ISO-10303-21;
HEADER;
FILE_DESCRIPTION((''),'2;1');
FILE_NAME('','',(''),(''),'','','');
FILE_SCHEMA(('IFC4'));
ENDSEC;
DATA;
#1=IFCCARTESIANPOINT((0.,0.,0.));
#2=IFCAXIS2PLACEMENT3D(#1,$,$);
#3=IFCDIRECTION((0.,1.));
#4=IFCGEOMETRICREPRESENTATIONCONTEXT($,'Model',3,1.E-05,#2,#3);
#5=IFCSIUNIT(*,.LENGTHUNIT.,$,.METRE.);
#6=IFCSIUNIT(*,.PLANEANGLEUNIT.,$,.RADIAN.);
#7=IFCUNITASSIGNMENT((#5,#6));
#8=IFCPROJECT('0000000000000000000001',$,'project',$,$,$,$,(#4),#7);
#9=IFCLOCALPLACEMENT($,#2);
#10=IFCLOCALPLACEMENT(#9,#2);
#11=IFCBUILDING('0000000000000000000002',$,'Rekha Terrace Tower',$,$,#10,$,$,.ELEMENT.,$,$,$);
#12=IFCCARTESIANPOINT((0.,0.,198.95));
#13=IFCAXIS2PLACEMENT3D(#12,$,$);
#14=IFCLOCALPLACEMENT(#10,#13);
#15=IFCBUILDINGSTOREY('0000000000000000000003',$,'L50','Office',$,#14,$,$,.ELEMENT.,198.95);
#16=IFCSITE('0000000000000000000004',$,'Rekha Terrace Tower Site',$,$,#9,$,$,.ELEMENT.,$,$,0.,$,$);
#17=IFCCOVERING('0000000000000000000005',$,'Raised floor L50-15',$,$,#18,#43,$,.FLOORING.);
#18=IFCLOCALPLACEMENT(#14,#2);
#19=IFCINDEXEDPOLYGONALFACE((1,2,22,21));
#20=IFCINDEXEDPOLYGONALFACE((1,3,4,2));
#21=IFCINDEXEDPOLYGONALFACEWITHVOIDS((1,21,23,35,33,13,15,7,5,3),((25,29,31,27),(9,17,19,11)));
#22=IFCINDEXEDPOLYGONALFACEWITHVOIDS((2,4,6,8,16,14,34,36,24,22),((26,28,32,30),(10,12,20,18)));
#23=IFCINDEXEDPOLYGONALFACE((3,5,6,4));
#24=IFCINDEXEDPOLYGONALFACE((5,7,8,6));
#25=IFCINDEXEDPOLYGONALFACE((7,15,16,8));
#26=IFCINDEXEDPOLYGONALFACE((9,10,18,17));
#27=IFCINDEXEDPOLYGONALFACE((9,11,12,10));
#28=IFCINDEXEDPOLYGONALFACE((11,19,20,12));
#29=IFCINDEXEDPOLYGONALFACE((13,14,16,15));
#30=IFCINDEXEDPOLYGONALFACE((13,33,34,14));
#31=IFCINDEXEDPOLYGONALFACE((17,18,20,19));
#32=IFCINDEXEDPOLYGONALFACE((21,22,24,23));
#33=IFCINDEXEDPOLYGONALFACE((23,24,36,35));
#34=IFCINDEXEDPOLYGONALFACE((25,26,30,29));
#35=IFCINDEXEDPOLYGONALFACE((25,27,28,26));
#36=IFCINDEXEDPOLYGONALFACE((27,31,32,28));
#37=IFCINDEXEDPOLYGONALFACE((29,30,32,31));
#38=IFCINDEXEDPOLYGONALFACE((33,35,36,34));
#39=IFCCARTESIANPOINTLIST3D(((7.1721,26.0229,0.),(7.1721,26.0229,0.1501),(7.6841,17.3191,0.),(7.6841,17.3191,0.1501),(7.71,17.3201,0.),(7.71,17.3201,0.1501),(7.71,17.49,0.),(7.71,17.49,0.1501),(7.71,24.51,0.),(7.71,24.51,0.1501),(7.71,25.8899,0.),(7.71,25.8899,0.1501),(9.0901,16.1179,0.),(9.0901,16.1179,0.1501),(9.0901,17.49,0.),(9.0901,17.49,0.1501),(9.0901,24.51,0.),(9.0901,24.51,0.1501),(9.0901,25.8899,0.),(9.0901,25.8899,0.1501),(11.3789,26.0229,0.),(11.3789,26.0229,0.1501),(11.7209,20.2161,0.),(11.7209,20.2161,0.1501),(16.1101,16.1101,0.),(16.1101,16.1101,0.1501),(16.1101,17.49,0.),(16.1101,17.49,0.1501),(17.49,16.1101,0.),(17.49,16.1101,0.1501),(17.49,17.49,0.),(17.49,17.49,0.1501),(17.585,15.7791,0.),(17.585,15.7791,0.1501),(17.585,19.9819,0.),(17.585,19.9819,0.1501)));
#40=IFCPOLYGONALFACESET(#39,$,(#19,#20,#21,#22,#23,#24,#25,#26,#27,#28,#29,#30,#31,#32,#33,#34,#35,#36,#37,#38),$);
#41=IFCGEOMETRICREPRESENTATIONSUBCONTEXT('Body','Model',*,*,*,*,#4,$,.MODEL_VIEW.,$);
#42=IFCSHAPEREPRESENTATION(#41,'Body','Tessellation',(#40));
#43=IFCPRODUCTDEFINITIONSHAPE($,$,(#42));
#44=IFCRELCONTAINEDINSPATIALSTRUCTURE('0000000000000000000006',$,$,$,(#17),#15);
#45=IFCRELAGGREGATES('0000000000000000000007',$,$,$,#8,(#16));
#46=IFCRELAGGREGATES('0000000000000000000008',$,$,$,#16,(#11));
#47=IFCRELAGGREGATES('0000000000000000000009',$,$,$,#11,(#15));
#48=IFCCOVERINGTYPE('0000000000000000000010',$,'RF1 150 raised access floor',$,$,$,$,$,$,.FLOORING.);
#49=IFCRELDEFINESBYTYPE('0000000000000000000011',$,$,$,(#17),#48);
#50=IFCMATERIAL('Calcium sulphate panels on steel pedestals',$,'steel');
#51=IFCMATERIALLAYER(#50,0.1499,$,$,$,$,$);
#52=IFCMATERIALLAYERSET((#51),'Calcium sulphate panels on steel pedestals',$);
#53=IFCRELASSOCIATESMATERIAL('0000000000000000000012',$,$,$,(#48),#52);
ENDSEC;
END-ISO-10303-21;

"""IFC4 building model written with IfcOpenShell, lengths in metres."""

from ifc_helpers import new_model, si_unit, direction, frame, origin, place, context, subcontext, project, spatial, polyline, outline, extrude, material, layer, layer_set, type_object, element, save


model = new_model("IFC4")

# Units and contexts
model_context = context("Model", 3, precision=1e-05, world=origin(), true_north=direction((0.0, 1.0)))
body_context = subcontext(model_context, "Body", "Model", "MODEL_VIEW")
ifc_project = project(units=[si_unit("LENGTHUNIT", "METRE"), si_unit("PLANEANGLEUNIT", "RADIAN")], contexts=[model_context])

# Site, building, storey
site_placement = place(None, origin())
site = spatial("IfcSite", under=ifc_project, at=site_placement, Name="Rekha Terrace Tower Site", CompositionType="ELEMENT", RefElevation=0.0)
building_placement = place(site_placement, origin())
building = spatial("IfcBuilding", under=site, at=building_placement, Name="Rekha Terrace Tower", CompositionType="ELEMENT")
storey_placement = place(building_placement, frame((0.0, 0.0, 198.95)))
storey = spatial("IfcBuildingStorey", under=building, at=storey_placement, Name="L50", Description="Office", CompositionType="ELEMENT", Elevation=198.95)

# Covering
ifc_material_1 = material(Name="Calcium sulphate panels on steel pedestals", Category="steel")
ifc_layer_1 = layer(ifc_material_1, 0.1499)
ifc_layer_set_1 = layer_set([ifc_layer_1], Name="Calcium sulphate panels on steel pedestals")
covering_type_1 = type_object("IfcCoveringType", Name="RF1 150 raised access floor", PredefinedType="FLOORING", material=ifc_layer_set_1)
covering_1_placement = place(storey_placement, origin())
element("IfcCovering", 1, at=covering_1_placement, inside=storey, type_object=covering_type_1, Name="Raised floor L50-15", PredefinedType="FLOORING", context=body_context, shape_type="SweptSolid", body=[
    extrude(outline(polyline([(9.0901, 16.1179), (17.585, 15.7791), (17.585, 19.9819), (11.7209, 20.2161), (11.3789, 26.0229), (7.1721, 26.0229), (7.6841, 17.3191), (7.71, 17.3201), (7.71, 17.49), (9.0901, 17.49), (9.0901, 16.1179)]), holes=[polyline([(17.49, 17.49), (17.49, 16.1101), (16.1101, 16.1101), (16.1101, 17.49), (17.49, 17.49)]), polyline([(9.0901, 24.51), (7.71, 24.51), (7.71, 25.8899), (9.0901, 25.8899), (9.0901, 24.51)])]), origin(), (0.0, 0.0, 1.0), 0.1501),
])

save(model, "model.ifc")
